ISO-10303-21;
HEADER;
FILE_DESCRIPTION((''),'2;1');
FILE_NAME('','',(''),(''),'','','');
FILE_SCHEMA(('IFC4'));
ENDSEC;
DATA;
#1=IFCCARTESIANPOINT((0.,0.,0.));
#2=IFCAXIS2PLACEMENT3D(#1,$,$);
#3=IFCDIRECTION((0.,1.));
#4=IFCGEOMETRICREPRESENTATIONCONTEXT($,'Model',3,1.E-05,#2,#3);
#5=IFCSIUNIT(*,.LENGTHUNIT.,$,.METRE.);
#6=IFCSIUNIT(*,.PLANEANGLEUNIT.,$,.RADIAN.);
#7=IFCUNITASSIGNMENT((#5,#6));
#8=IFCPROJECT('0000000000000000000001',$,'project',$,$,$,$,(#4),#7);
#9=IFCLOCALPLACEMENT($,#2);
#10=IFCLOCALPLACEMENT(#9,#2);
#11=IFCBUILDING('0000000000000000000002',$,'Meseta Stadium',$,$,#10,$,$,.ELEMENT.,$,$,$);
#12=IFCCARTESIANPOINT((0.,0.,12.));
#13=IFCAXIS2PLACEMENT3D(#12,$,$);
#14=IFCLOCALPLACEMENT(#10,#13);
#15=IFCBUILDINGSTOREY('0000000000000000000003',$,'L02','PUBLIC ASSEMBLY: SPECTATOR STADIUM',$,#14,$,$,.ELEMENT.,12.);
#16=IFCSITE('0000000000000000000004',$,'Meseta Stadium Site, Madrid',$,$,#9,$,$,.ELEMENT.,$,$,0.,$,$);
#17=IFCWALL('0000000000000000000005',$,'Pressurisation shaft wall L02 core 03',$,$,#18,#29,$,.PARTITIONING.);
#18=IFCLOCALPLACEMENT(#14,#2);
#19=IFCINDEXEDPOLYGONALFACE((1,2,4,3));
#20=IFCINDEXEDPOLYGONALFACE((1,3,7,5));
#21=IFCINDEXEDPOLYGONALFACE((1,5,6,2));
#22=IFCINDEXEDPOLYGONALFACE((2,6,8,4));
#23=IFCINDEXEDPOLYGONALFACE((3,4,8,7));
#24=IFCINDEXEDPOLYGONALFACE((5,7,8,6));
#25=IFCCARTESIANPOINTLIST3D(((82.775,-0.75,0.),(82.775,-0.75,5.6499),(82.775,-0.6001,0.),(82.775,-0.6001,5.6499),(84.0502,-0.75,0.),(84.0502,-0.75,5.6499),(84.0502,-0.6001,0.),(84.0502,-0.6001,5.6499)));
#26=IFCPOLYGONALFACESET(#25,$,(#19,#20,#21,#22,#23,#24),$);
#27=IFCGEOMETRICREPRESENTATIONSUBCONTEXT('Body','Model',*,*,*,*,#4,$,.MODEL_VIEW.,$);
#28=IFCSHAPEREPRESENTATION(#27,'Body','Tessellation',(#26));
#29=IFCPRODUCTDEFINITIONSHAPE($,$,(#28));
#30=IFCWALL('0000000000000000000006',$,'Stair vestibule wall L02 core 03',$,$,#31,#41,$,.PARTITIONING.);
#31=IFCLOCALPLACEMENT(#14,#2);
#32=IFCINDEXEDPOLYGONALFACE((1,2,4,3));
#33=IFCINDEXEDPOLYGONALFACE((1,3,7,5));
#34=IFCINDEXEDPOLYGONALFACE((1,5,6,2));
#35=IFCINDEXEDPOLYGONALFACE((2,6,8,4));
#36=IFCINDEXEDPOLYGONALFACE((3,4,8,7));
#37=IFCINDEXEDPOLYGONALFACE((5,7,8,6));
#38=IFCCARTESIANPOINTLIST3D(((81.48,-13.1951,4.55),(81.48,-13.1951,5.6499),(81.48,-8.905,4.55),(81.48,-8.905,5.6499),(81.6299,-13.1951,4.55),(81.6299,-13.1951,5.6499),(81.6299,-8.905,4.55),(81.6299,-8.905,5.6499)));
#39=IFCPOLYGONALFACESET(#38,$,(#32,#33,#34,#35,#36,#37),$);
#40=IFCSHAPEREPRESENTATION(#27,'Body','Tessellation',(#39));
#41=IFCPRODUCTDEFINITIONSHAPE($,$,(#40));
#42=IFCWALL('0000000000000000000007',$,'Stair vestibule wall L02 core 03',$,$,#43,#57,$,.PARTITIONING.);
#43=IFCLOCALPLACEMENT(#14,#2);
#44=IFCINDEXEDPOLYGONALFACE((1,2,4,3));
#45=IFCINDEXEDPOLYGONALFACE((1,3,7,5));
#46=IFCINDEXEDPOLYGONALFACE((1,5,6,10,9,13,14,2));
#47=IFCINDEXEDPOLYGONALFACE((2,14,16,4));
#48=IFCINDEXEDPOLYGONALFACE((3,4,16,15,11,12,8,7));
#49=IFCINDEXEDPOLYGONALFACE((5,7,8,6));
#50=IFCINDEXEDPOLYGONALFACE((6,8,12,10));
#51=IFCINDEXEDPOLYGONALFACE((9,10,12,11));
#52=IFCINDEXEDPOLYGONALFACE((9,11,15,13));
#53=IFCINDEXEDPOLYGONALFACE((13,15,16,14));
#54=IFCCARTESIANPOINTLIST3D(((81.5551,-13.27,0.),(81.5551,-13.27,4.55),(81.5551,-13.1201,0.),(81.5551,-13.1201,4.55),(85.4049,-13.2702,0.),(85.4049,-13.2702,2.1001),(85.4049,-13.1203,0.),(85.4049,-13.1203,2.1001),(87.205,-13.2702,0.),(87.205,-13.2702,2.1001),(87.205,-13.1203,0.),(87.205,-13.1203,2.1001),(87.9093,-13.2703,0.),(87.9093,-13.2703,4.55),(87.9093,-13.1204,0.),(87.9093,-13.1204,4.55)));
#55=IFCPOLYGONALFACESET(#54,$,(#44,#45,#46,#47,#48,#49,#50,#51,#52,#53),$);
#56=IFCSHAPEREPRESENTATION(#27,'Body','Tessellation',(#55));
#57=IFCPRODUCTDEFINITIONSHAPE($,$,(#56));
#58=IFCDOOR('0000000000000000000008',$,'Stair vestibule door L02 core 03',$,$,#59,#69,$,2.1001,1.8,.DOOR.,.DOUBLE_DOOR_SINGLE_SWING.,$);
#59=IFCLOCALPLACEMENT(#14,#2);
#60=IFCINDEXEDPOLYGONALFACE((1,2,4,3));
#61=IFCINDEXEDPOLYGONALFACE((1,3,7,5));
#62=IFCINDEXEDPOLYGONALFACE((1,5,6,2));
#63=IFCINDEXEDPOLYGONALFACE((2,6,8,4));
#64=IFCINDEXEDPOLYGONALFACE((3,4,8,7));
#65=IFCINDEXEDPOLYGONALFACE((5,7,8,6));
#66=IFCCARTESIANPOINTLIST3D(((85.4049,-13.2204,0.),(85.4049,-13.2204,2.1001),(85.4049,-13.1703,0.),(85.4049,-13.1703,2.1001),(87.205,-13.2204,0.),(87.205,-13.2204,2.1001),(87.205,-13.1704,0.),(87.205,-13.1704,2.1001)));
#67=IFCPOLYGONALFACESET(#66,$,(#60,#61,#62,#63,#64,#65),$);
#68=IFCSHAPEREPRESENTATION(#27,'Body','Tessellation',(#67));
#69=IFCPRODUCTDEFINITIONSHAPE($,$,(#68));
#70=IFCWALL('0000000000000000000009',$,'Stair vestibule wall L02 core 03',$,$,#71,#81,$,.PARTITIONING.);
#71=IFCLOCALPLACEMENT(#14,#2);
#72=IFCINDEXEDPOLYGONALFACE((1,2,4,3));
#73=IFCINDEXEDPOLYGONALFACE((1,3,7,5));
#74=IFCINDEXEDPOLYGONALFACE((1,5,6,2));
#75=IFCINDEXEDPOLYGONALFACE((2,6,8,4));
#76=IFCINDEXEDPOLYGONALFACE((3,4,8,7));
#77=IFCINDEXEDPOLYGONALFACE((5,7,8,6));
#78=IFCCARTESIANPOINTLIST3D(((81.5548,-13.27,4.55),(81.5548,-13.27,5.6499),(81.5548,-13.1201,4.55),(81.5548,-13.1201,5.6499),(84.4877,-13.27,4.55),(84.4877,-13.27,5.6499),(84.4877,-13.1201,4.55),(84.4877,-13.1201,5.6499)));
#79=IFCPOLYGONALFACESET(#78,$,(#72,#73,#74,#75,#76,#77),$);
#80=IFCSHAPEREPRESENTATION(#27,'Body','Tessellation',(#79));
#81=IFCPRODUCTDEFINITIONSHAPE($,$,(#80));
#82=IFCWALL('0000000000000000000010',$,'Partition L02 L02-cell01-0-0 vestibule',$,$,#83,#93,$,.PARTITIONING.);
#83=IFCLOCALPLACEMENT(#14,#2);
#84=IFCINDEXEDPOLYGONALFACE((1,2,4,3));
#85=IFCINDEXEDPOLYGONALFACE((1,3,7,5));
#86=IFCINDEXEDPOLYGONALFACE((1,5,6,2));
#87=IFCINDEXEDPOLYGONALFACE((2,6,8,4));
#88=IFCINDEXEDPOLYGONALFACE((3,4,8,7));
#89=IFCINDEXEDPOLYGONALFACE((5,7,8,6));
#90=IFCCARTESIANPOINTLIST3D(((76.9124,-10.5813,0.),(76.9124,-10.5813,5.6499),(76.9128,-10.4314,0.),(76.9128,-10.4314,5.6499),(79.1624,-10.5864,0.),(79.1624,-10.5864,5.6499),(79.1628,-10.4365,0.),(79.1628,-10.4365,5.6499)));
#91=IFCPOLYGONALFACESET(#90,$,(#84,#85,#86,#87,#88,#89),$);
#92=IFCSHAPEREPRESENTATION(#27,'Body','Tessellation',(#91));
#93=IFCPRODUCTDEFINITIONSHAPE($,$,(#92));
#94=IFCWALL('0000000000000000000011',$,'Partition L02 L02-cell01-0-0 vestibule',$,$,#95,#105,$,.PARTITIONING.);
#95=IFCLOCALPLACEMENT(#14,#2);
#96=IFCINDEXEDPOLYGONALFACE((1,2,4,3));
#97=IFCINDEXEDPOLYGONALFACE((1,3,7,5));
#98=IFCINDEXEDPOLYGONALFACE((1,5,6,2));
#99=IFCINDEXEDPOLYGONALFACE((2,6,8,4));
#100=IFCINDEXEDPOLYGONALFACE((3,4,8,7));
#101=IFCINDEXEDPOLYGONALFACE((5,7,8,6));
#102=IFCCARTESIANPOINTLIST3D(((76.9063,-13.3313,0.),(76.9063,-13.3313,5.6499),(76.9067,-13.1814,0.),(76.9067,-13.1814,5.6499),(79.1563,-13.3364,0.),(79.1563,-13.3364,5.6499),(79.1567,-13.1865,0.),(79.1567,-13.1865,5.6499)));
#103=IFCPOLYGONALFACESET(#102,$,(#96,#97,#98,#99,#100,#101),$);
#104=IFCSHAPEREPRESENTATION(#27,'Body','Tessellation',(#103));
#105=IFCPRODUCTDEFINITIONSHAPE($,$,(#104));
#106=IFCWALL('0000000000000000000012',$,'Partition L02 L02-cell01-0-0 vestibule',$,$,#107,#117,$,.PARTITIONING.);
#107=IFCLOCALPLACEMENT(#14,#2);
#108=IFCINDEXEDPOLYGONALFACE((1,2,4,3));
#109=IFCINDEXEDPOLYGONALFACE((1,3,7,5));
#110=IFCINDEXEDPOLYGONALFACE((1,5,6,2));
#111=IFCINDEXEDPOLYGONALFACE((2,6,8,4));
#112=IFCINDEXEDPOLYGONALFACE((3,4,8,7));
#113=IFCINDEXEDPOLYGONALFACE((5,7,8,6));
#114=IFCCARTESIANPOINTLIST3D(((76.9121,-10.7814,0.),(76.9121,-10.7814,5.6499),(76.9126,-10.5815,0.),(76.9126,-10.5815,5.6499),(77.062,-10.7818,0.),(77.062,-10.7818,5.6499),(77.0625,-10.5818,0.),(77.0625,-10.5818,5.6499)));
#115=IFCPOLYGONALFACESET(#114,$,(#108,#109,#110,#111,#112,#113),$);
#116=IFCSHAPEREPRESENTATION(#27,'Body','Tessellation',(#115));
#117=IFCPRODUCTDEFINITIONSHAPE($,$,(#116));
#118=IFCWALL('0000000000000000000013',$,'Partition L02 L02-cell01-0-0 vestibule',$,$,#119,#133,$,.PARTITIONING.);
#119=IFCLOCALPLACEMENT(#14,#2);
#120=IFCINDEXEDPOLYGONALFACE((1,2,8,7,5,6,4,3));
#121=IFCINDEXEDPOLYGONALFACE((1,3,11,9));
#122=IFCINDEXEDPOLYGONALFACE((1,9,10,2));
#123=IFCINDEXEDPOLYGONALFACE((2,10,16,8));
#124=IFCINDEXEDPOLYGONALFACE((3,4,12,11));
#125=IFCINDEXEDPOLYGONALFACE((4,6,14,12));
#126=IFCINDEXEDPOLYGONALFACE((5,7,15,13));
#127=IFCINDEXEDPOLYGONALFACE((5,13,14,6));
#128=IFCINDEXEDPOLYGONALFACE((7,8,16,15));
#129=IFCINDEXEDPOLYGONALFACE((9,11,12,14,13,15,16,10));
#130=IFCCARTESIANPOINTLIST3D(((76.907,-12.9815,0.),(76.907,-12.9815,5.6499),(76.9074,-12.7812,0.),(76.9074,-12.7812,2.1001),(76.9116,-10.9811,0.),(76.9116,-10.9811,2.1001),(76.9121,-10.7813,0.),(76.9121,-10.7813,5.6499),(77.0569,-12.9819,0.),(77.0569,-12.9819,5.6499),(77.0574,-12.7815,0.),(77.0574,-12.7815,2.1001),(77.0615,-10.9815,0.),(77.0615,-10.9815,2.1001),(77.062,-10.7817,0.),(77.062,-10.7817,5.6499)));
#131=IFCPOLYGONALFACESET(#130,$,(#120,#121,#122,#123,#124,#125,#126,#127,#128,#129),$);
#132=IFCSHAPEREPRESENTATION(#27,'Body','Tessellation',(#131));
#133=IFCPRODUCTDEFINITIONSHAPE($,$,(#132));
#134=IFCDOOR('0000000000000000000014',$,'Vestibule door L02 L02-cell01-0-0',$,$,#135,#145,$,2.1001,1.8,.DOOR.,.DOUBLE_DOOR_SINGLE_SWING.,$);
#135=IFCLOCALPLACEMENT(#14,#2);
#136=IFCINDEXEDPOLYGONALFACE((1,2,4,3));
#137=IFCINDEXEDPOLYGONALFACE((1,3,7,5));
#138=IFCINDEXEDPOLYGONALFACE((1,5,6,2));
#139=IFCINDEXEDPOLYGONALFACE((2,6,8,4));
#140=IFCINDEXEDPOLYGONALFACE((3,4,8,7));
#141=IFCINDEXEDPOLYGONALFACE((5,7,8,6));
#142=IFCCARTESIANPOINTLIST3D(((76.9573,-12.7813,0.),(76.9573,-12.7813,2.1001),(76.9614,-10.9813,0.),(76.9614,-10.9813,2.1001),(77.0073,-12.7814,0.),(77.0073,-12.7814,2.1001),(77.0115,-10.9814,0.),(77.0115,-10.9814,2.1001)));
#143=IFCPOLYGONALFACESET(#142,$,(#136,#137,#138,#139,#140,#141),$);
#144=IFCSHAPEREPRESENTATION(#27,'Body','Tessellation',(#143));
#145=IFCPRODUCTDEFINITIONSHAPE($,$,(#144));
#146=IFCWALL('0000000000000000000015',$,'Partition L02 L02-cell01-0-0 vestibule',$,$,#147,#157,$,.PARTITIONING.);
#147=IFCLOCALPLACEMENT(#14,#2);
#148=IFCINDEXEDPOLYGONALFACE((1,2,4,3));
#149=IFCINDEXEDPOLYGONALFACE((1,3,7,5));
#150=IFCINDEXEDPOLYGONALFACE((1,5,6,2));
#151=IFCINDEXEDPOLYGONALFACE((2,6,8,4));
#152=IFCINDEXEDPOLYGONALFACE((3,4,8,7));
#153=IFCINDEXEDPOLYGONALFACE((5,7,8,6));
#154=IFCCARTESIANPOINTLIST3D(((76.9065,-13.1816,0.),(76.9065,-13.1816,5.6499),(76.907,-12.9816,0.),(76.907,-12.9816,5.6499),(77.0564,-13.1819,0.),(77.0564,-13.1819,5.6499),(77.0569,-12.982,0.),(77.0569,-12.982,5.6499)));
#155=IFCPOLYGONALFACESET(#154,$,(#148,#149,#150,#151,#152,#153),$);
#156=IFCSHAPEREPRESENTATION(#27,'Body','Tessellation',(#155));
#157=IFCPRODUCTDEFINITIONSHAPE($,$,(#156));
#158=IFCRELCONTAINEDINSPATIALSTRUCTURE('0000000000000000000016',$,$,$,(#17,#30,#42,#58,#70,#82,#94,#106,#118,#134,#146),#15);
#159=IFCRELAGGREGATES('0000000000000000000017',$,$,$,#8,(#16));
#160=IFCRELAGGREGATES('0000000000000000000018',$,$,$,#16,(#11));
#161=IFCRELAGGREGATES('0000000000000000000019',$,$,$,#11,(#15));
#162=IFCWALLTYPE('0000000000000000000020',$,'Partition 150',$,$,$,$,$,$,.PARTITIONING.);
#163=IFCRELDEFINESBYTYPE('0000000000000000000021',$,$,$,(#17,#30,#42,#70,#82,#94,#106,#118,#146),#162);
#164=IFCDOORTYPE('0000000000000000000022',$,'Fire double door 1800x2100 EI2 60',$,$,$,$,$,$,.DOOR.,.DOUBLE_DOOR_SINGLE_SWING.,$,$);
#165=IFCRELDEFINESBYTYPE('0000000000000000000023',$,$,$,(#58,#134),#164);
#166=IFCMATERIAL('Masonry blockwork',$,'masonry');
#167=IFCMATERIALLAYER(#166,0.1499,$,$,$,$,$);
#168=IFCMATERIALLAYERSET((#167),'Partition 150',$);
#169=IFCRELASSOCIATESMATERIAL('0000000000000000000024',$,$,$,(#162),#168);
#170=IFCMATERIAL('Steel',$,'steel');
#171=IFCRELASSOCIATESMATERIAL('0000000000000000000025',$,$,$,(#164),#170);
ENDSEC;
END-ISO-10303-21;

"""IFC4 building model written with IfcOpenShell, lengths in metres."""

from ifc_helpers import new_model, si_unit, direction, frame, frame_2d, origin, place, context, subcontext, project, spatial, rectangle, extrude, material, layer, layer_set, type_object, element, fill, save


model = new_model("IFC4")

# Units and contexts
model_context = context("Model", 3, precision=1e-05, world=origin(), true_north=direction((0.0, 1.0)))
body_context = subcontext(model_context, "Body", "Model", "MODEL_VIEW")
ifc_project = project(units=[si_unit("LENGTHUNIT", "METRE"), si_unit("PLANEANGLEUNIT", "RADIAN")], contexts=[model_context])

# Site, building, storey
site_placement = place(None, origin())
site = spatial("IfcSite", under=ifc_project, at=site_placement, Name="Meseta Stadium Site, Madrid", CompositionType="ELEMENT", RefElevation=0.0)
building_placement = place(site_placement, origin())
building = spatial("IfcBuilding", under=site, at=building_placement, Name="Meseta Stadium", CompositionType="ELEMENT")
storey_placement = place(building_placement, frame((0.0, 0.0, 12.0)))
storey = spatial("IfcBuildingStorey", under=building, at=storey_placement, Name="L02", Description="PUBLIC ASSEMBLY: SPECTATOR STADIUM", CompositionType="ELEMENT", Elevation=12.0)

# Shared definitions
ifc_material_1 = material(Name="Masonry blockwork", Category="masonry")
ifc_layer_1 = layer(ifc_material_1, 0.1499)
ifc_layer_set_1 = layer_set([ifc_layer_1], Name="Partition 150")
wall_type_1 = type_object("IfcWallType", Name="Partition 150", PredefinedType="PARTITIONING", material=ifc_layer_set_1)
ifc_material_2 = material(Name="Steel", Category="steel")
door_type_1 = type_object("IfcDoorType", Name="Fire double door 1800x2100 EI2 60", OperationType="DOUBLE_DOOR_SINGLE_SWING", PredefinedType="DOOR", material=ifc_material_2)

# Walls
for number, where, z_axis, x_axis, name in (
    (1, (82.7749, -0.675, 0.0), (0.0, 0.0, 1.0), (1.0, 0.0, 0.0), "Pressurisation shaft wall L02 core 03"),
):
    element("IfcWall", number, at=place(storey_placement, frame(where, z_axis=z_axis, x_axis=x_axis)), inside=storey, type_object=wall_type_1, Name=name, PredefinedType="PARTITIONING", context=body_context, shape_type="SweptSolid", body=[
        extrude(rectangle(XDim=1.2751, YDim=0.1499, at=frame_2d((0.6377, 0.0))), origin(), (0.0, 0.0, 1.0), 5.6499),
    ])
wall_1_placement = place(storey_placement, frame((81.5549, -8.905, 4.55), z_axis=(0.0, 0.0, 1.0), x_axis=(0.0, -1.0, 0.0)))
element("IfcWall", 2, at=wall_1_placement, inside=storey, type_object=wall_type_1, Name="Stair vestibule wall L02 core 03", PredefinedType="PARTITIONING", context=body_context, shape_type="SweptSolid", body=[
    extrude(rectangle(XDim=4.29, YDim=0.1499, at=frame_2d((2.145, 0.0))), origin(), (0.0, 0.0, 1.0), 1.0999),
])

# Wall, opening, door
wall_2_placement = place(storey_placement, frame((81.5549, -13.1951, 0.0), z_axis=(0.0, 0.0, 1.0), x_axis=(1.0, -0.000038, 0.0)))
wall_2 = element("IfcWall", 3, at=wall_2_placement, inside=storey, type_object=wall_type_1, Name="Stair vestibule wall L02 core 03", PredefinedType="PARTITIONING", context=body_context, shape_type="SweptSolid", body=[
    extrude(rectangle(XDim=6.3542, YDim=0.1499, at=frame_2d((3.1772, 0.0))), origin(), (0.0, 0.0, 1.0), 4.55),
])
opening_1_placement = place(wall_2_placement, frame((3.8501, 0.0, 0.0)))
opening_1 = element("IfcOpeningElement", 4, at=opening_1_placement, cuts=wall_2, PredefinedType="OPENING", context=body_context, shape_type="SweptSolid", body=[
    extrude(rectangle(XDim=1.8, YDim=2.1001, at=frame_2d((0.8999, 1.05))), frame((0.0, 0.085, 0.0), z_axis=(0.0, -1.0, 0.0), x_axis=(1.0, 0.0, 0.0)), (0.0, 0.0, 1.0), 0.1699),
])
door_1_placement = place(opening_1_placement, origin())
door_1 = element("IfcDoor", 5, at=door_1_placement, inside=storey, type_object=door_type_1, Name="Stair vestibule door L02 core 03", OperationType="DOUBLE_DOOR_SINGLE_SWING", OverallHeight=2.1001, OverallWidth=1.8, PredefinedType="DOOR", context=body_context, shape_type="SweptSolid", body=[
    extrude(rectangle(XDim=1.8, YDim=2.1001, at=frame_2d((0.8999, 1.05))), frame((0.0, 0.0249, 0.0), z_axis=(0.0, -1.0, 0.0), x_axis=(1.0, 0.0, 0.0)), (0.0, 0.0, 1.0), 0.05),
])
fill(opening_1, door_1)

# Walls
wall_3_placement = place(storey_placement, frame((81.5549, -13.1951, 4.55), z_axis=(0.0, 0.0, 1.0), x_axis=(1.0, 0.0, 0.0)))
element("IfcWall", 6, at=wall_3_placement, inside=storey, type_object=wall_type_1, Name="Stair vestibule wall L02 core 03", PredefinedType="PARTITIONING", context=body_context, shape_type="SweptSolid", body=[
    extrude(rectangle(XDim=2.9329, YDim=0.1499, at=frame_2d((1.4663, 0.0))), origin(), (0.0, 0.0, 1.0), 1.0999),
])
for number, where, z_axis, x_axis, name in (
    (7, (79.1626, -10.5115, 0.0), (0.0, 0.0, 1.0), (-0.999997, 0.002279, 0.0), "Partition L02 L02-cell01-0-0 vestibule"),
    (8, (79.1565, -13.2615, 0.0), (0.0, 0.0, 1.0), (-0.999997, 0.002279, 0.0), "Partition L02 L02-cell01-0-0 vestibule"),
):
    element("IfcWall", number, at=place(storey_placement, frame(where, z_axis=z_axis, x_axis=x_axis)), inside=storey, type_object=wall_type_1, Name=name, PredefinedType="PARTITIONING", context=body_context, shape_type="SweptSolid", body=[
        extrude(rectangle(XDim=2.25, YDim=0.1499, at=frame_2d((1.125, 0.0))), origin(), (0.0, 0.0, 1.0), 5.6499),
    ])
wall_4_placement = place(storey_placement, frame((76.9875, -10.5815, 0.0), z_axis=(0.0, 0.0, 1.0), x_axis=(-0.002442, -0.999997, 0.0)))
element("IfcWall", 9, at=wall_4_placement, inside=storey, type_object=wall_type_1, Name="Partition L02 L02-cell01-0-0 vestibule", PredefinedType="PARTITIONING", context=body_context, shape_type="SweptSolid", body=[
    extrude(rectangle(XDim=0.2, YDim=0.1499, at=frame_2d((0.1001, 0.0))), origin(), (0.0, 0.0, 1.0), 5.6499),
])

# Wall, opening, door
wall_5_placement = place(storey_placement, frame((76.9871, -10.7815, 0.0), z_axis=(0.0, 0.0, 1.0), x_axis=(-0.00233, -0.999997, 0.0)))
wall_5 = element("IfcWall", 10, at=wall_5_placement, inside=storey, type_object=wall_type_1, Name="Partition L02 L02-cell01-0-0 vestibule", PredefinedType="PARTITIONING", context=body_context, shape_type="SweptSolid", body=[
    extrude(rectangle(XDim=2.2002, YDim=0.1499, at=frame_2d((1.1001, 0.0))), origin(), (0.0, 0.0, 1.0), 5.6499),
])
opening_2_placement = place(wall_5_placement, frame((0.2, 0.0, 0.0)))
opening_2 = element("IfcOpeningElement", 11, at=opening_2_placement, cuts=wall_5, PredefinedType="OPENING", context=body_context, shape_type="SweptSolid", body=[
    extrude(rectangle(XDim=1.8, YDim=2.1001, at=frame_2d((0.8999, 1.05))), frame((0.0, 0.085, 0.0), z_axis=(0.0, -1.0, 0.0), x_axis=(1.0, 0.0, 0.0)), (0.0, 0.0, 1.0), 0.1699),
])
door_2_placement = place(opening_2_placement, origin())
door_2 = element("IfcDoor", 12, at=door_2_placement, inside=storey, type_object=door_type_1, Name="Vestibule door L02 L02-cell01-0-0", OperationType="DOUBLE_DOOR_SINGLE_SWING", OverallHeight=2.1001, OverallWidth=1.8, PredefinedType="DOOR", context=body_context, shape_type="SweptSolid", body=[
    extrude(rectangle(XDim=1.8, YDim=2.1001, at=frame_2d((0.8999, 1.05))), frame((0.0, 0.0249, 0.0), z_axis=(0.0, -1.0, 0.0), x_axis=(1.0, 0.0, 0.0)), (0.0, 0.0, 1.0), 0.05),
])
fill(opening_2, door_2)

# Wall
wall_6_placement = place(storey_placement, frame((76.9819, -12.9817, 0.0), z_axis=(0.0, 0.0, 1.0), x_axis=(-0.002442, -0.999997, 0.0)))
element("IfcWall", 13, at=wall_6_placement, inside=storey, type_object=wall_type_1, Name="Partition L02 L02-cell01-0-0 vestibule", PredefinedType="PARTITIONING", context=body_context, shape_type="SweptSolid", body=[
    extrude(rectangle(XDim=0.2, YDim=0.1499, at=frame_2d((0.1001, 0.0))), origin(), (0.0, 0.0, 1.0), 5.6499),
])

save(model, "model.ifc")
